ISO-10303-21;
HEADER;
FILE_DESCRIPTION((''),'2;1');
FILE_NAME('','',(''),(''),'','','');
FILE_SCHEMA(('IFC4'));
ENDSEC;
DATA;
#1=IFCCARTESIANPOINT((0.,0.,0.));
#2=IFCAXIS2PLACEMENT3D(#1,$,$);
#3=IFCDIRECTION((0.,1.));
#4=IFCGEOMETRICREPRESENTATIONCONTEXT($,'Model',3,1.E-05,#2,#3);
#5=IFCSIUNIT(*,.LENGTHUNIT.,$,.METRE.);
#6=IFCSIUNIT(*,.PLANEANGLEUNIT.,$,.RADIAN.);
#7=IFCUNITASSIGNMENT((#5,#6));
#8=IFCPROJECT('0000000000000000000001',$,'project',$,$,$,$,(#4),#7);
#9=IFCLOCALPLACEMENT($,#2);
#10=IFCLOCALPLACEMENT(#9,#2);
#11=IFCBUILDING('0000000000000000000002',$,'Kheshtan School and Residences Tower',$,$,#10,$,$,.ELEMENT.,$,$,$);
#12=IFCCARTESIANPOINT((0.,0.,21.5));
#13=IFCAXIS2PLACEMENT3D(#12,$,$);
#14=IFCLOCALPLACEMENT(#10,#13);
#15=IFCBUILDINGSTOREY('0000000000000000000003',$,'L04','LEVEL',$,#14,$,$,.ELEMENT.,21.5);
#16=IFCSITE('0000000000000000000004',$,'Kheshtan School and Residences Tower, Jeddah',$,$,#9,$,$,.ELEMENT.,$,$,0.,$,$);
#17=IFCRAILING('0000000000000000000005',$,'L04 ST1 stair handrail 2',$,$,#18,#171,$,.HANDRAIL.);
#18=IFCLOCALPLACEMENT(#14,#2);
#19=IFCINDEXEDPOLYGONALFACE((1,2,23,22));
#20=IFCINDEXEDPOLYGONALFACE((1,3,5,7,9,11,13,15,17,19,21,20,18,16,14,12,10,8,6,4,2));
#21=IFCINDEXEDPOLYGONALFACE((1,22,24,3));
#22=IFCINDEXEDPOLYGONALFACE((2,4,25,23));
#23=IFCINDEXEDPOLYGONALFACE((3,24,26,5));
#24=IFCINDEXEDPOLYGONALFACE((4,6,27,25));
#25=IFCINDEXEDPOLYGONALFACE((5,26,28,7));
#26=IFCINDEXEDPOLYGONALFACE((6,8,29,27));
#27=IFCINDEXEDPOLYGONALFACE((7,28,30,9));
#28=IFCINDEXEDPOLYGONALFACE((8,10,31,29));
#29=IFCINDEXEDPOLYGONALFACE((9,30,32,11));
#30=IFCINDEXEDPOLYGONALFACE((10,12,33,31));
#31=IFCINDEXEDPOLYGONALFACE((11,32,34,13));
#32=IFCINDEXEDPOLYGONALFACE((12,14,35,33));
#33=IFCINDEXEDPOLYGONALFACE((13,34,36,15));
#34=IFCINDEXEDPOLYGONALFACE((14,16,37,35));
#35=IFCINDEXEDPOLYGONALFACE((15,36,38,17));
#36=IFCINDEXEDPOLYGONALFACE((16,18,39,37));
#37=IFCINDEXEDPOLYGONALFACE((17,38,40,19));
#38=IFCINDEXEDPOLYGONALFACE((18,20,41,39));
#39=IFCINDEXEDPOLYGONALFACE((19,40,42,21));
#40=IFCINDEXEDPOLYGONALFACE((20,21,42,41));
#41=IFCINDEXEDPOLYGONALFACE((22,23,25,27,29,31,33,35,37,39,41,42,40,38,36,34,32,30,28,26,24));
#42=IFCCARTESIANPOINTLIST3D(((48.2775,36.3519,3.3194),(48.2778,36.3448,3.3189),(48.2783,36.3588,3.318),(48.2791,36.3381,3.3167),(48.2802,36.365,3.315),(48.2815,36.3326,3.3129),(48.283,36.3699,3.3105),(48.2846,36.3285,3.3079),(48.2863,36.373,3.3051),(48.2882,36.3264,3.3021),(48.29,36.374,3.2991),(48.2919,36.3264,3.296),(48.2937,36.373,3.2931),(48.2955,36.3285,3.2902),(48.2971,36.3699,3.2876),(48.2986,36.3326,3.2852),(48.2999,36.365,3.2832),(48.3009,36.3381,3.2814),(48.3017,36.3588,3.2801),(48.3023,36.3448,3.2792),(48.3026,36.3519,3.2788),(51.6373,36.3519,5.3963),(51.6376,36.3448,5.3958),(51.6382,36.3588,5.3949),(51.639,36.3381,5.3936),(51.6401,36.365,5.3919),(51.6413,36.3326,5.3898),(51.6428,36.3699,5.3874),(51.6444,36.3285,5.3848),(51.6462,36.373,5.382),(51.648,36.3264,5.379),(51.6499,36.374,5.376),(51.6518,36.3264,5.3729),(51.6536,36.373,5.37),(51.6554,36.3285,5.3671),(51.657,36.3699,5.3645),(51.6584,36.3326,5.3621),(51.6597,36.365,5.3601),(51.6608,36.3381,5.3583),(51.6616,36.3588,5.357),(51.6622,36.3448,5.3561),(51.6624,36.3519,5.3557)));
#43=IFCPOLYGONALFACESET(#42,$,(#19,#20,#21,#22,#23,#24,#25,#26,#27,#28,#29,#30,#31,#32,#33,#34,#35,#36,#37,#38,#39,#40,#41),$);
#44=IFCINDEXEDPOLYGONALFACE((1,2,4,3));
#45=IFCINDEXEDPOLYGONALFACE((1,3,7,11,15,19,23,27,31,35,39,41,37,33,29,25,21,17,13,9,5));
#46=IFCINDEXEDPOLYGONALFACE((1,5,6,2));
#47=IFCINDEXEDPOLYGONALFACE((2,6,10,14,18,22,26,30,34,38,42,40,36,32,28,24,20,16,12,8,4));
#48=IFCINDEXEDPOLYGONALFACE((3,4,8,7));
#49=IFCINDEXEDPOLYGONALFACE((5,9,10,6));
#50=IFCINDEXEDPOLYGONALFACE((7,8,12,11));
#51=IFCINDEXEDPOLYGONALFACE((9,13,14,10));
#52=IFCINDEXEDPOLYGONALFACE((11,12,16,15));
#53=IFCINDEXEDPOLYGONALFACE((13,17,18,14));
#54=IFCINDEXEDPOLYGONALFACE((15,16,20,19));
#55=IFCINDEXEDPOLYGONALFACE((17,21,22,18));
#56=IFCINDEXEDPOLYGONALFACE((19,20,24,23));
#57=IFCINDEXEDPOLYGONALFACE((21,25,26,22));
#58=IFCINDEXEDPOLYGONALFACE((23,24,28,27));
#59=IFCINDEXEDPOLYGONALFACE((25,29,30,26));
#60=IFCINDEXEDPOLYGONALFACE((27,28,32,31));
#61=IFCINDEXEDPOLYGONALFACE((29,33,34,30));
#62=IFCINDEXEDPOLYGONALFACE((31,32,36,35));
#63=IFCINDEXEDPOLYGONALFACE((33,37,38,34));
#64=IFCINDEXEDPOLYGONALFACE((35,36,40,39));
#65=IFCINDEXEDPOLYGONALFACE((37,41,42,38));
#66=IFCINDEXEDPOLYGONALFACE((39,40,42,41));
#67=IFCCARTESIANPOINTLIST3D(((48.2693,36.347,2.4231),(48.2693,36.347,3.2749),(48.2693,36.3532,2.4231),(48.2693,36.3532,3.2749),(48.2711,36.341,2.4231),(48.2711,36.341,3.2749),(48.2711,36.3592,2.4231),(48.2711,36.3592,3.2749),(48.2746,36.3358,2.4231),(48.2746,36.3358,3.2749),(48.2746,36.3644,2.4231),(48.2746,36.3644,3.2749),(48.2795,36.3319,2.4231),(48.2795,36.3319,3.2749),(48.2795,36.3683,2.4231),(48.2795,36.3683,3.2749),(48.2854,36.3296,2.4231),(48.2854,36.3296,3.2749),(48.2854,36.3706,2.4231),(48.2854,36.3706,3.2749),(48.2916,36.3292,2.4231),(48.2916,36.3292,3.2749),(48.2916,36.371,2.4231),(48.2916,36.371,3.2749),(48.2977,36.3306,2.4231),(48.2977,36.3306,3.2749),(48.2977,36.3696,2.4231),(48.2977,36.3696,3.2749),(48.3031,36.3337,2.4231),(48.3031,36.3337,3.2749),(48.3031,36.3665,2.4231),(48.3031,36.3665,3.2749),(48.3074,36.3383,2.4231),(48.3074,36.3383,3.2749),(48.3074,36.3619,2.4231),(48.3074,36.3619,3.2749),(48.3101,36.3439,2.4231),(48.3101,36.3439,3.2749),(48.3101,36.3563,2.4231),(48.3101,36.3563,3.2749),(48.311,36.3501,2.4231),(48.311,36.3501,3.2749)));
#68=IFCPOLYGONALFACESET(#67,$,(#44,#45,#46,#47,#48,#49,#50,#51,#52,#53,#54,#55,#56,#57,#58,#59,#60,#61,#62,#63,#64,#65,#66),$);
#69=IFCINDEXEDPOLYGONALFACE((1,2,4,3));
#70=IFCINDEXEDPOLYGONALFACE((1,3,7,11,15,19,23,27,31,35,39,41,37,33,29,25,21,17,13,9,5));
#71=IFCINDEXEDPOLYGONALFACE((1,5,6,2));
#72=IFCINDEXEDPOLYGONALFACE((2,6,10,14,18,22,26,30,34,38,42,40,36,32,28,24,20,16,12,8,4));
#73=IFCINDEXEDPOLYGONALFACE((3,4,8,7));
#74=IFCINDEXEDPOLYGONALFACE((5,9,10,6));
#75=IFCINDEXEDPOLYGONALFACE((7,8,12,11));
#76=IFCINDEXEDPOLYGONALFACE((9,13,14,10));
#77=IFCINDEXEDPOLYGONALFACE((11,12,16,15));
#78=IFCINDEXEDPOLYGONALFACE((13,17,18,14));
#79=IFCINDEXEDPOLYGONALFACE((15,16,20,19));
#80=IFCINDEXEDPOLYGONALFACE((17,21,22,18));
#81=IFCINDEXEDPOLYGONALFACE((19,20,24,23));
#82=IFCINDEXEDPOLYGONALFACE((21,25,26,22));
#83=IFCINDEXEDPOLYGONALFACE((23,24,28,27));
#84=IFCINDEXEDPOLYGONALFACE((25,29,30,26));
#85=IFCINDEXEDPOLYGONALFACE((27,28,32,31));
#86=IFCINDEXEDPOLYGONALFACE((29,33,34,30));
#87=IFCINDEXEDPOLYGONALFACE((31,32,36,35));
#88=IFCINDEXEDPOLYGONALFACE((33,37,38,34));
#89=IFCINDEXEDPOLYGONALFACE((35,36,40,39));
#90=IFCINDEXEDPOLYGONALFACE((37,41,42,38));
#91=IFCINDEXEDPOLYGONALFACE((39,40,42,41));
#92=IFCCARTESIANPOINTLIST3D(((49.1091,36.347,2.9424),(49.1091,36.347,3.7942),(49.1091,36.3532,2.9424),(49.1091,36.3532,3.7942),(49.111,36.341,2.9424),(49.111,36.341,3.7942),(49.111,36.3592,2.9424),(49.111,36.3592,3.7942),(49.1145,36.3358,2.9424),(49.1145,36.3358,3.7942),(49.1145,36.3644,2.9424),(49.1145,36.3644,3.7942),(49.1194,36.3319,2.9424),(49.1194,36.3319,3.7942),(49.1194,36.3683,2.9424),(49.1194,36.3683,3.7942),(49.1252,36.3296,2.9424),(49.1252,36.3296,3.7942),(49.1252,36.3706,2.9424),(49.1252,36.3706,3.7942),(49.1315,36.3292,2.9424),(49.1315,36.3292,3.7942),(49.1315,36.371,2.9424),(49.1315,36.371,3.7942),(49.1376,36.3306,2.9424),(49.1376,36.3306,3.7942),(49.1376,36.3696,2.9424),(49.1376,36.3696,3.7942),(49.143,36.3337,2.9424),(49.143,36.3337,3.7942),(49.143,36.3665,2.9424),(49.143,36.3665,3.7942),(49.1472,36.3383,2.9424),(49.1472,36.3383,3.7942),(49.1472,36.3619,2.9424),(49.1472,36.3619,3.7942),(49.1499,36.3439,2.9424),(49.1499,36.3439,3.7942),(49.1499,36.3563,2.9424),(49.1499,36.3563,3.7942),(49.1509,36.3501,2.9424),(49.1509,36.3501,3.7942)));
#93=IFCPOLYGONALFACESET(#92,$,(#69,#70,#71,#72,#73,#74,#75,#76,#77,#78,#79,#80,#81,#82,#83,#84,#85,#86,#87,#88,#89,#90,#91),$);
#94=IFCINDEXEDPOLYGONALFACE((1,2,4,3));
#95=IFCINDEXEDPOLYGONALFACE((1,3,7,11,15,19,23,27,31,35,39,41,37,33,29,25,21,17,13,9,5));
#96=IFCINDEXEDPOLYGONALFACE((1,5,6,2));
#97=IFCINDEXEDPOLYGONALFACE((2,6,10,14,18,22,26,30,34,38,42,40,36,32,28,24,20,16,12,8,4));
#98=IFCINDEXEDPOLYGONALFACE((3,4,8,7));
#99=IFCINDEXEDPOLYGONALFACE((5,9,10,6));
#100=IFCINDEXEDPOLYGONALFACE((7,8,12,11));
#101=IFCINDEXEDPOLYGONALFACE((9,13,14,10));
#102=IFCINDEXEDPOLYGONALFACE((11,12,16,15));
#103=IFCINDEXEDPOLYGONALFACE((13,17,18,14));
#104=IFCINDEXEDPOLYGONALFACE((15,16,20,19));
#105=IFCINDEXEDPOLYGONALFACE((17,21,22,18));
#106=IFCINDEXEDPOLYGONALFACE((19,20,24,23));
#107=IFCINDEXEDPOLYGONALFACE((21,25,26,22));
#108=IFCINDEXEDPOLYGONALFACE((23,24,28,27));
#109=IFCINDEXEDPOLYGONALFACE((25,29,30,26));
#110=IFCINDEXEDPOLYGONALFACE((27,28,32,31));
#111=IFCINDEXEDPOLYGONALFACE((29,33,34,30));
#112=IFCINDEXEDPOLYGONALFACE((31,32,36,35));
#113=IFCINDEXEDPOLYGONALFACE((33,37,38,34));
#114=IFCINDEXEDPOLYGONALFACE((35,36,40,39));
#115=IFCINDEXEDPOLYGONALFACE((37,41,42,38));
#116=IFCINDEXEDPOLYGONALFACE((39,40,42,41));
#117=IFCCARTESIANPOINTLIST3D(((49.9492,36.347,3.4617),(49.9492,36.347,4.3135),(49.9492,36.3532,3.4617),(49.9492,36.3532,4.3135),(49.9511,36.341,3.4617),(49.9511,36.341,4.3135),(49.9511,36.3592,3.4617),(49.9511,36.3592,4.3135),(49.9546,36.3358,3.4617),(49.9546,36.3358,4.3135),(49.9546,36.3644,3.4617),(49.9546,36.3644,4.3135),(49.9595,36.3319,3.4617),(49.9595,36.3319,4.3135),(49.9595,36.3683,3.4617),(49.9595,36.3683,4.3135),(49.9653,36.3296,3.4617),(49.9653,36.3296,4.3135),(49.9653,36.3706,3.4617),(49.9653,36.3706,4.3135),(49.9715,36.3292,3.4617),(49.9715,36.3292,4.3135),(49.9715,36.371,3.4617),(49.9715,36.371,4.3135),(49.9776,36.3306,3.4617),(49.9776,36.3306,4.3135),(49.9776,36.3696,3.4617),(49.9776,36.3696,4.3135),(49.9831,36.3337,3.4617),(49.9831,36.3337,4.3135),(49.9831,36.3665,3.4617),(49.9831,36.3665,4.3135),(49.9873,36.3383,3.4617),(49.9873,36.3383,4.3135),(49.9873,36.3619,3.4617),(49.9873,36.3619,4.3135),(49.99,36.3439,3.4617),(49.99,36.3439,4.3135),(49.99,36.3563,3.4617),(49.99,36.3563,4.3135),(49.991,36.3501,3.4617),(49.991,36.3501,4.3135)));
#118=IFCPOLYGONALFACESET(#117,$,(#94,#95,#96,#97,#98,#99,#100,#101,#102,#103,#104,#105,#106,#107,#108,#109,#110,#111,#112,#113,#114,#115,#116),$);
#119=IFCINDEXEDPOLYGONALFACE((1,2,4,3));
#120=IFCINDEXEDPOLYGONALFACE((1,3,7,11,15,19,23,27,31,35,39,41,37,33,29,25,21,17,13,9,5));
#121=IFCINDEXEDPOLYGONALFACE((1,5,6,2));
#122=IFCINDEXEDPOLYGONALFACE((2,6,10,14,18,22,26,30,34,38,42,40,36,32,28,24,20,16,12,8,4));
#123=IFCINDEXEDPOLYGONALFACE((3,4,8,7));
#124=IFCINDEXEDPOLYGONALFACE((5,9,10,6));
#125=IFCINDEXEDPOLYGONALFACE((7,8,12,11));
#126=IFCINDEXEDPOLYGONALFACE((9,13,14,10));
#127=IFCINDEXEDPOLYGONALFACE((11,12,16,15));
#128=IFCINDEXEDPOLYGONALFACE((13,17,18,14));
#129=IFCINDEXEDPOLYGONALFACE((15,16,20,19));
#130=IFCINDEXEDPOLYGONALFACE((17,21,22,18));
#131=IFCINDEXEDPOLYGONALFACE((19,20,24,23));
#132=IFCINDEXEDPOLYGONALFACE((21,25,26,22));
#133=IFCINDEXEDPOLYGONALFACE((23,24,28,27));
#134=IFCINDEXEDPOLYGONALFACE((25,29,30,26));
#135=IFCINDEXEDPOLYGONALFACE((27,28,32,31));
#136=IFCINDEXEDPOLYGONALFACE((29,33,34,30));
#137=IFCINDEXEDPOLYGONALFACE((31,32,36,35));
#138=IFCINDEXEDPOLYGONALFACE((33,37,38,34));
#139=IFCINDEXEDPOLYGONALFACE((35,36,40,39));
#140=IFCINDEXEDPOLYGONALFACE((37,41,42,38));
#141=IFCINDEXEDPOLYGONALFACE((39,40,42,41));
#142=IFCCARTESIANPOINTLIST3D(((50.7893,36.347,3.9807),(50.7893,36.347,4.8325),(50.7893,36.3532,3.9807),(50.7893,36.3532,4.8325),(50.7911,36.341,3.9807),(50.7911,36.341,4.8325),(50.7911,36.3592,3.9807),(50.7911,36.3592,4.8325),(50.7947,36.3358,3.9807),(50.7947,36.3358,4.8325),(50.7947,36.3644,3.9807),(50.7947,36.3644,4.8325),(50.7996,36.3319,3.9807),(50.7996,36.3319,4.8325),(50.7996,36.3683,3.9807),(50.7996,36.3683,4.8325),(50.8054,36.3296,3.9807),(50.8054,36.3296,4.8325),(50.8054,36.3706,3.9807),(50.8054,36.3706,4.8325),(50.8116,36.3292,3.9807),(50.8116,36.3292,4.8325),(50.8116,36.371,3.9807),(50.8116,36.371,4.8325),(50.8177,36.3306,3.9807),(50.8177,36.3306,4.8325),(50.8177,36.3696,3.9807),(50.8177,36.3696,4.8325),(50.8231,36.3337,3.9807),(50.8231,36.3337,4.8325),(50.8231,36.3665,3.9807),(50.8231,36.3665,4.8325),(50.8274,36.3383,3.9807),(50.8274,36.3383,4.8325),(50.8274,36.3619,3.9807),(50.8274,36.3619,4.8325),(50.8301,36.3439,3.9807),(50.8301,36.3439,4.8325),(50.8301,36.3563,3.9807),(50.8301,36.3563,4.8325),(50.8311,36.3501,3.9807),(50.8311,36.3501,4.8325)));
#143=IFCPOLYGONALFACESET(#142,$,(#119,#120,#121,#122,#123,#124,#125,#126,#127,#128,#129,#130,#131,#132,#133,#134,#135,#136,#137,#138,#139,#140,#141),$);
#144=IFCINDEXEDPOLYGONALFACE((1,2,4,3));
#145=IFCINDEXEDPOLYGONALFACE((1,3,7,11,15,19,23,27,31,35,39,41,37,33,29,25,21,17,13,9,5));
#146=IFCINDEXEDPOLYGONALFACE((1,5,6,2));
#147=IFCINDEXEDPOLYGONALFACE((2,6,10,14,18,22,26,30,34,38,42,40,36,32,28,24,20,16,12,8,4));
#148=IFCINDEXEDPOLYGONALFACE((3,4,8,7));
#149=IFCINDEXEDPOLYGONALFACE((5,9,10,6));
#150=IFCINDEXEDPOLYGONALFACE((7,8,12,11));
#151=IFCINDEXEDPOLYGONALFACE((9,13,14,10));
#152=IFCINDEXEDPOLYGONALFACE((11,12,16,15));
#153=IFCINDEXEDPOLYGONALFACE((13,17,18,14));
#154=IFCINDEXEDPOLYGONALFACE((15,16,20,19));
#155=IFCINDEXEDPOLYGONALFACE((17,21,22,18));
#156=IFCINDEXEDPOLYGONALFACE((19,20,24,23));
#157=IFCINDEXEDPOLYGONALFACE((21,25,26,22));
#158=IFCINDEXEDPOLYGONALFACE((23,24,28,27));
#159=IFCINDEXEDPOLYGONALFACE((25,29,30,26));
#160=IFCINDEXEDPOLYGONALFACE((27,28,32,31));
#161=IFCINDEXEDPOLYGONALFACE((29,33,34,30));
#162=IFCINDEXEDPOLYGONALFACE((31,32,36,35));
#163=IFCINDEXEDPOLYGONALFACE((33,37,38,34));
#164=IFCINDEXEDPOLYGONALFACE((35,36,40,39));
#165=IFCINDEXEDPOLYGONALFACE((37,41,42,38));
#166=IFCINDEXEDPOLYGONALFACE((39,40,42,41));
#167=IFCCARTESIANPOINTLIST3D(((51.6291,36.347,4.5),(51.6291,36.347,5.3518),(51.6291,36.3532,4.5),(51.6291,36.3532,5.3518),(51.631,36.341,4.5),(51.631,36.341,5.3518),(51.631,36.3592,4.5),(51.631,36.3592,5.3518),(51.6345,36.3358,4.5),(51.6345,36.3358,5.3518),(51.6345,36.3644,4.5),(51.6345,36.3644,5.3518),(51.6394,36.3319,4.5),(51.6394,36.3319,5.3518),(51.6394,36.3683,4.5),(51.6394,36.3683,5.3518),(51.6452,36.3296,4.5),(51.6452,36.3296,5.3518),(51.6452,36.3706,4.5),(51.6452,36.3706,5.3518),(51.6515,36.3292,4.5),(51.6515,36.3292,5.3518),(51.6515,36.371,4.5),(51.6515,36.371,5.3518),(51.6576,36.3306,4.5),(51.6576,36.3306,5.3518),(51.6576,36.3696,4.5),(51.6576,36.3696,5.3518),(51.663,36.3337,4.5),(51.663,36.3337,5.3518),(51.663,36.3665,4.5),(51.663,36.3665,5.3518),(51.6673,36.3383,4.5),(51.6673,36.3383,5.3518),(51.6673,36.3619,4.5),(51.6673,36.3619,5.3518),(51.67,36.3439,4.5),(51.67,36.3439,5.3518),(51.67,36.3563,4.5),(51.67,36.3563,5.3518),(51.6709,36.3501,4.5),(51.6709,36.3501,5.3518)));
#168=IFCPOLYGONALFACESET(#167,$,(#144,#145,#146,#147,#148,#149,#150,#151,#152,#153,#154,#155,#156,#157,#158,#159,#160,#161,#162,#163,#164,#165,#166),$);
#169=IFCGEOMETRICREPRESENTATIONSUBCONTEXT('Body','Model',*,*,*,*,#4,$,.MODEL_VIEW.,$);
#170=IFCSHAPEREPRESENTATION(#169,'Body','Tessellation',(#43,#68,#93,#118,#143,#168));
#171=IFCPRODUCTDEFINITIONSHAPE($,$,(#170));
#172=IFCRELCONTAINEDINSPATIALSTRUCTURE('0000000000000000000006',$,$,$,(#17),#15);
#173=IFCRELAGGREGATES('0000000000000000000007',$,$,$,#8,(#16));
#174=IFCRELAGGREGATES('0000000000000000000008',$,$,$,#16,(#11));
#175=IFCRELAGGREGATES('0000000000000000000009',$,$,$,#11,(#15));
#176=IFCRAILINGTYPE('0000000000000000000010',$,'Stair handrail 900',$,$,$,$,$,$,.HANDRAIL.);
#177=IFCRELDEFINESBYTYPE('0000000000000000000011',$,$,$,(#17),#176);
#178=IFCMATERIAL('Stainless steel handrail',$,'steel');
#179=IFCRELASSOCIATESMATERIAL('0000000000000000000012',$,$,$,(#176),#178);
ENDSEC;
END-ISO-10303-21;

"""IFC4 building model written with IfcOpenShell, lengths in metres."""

from ifc_helpers import new_model, si_unit, direction, frame, origin, origin_2d, place, context, subcontext, project, spatial, circle, extrude, material, type_object, element, save


model = new_model("IFC4")

# Units and contexts
model_context = context("Model", 3, precision=1e-05, world=origin(), true_north=direction((0.0, 1.0)))
body_context = subcontext(model_context, "Body", "Model", "MODEL_VIEW")
ifc_project = project(units=[si_unit("LENGTHUNIT", "METRE"), si_unit("PLANEANGLEUNIT", "RADIAN")], contexts=[model_context])

# Site, building, storey
site_placement = place(None, origin())
site = spatial("IfcSite", under=ifc_project, at=site_placement, Name="Kheshtan School and Residences Tower, Jeddah", CompositionType="ELEMENT", RefElevation=0.0)
building_placement = place(site_placement, origin())
building = spatial("IfcBuilding", under=site, at=building_placement, Name="Kheshtan School and Residences Tower", CompositionType="ELEMENT")
storey_placement = place(building_placement, frame((0.0, 0.0, 21.5)))
storey = spatial("IfcBuildingStorey", under=building, at=storey_placement, Name="L04", Description="LEVEL", CompositionType="ELEMENT", Elevation=21.5)

# Railing
ifc_material_1 = material(Name="Stainless steel handrail", Category="steel")
railing_type_1 = type_object("IfcRailingType", Name="Stair handrail 900", PredefinedType="HANDRAIL", material=ifc_material_1)
railing_1_placement = place(storey_placement, frame((48.29, 36.3501, 2.4231)))
element("IfcRailing", 1, at=railing_1_placement, inside=storey, type_object=railing_type_1, Name="L04 ST1 stair handrail 2", PredefinedType="HANDRAIL", context=body_context, shape_type="SweptSolid", body=[
    extrude(circle(Radius=0.0239, at=origin_2d()), frame((0.0, 0.0, 0.876), z_axis=(0.850606, 0.0, 0.525803), x_axis=(0.0, 1.0, 0.0)), (0.0, 0.0, 1.0), 3.95),
    extrude(circle(Radius=0.021, at=origin_2d()), origin(), (0.0, 0.0, 1.0), 0.8518),
    extrude(circle(Radius=0.021, at=origin_2d()), frame((0.8398, 0.0, 0.5193)), (0.0, 0.0, 1.0), 0.8518),
    extrude(circle(Radius=0.021, at=origin_2d()), frame((1.6799, 0.0, 1.0386)), (0.0, 0.0, 1.0), 0.8518),
    extrude(circle(Radius=0.021, at=origin_2d()), frame((2.52, 0.0, 1.5576)), (0.0, 0.0, 1.0), 0.8518),
    extrude(circle(Radius=0.021, at=origin_2d()), frame((3.3599, 0.0, 2.0769)), (0.0, 0.0, 1.0), 0.8518),
])

save(model, "model.ifc")
